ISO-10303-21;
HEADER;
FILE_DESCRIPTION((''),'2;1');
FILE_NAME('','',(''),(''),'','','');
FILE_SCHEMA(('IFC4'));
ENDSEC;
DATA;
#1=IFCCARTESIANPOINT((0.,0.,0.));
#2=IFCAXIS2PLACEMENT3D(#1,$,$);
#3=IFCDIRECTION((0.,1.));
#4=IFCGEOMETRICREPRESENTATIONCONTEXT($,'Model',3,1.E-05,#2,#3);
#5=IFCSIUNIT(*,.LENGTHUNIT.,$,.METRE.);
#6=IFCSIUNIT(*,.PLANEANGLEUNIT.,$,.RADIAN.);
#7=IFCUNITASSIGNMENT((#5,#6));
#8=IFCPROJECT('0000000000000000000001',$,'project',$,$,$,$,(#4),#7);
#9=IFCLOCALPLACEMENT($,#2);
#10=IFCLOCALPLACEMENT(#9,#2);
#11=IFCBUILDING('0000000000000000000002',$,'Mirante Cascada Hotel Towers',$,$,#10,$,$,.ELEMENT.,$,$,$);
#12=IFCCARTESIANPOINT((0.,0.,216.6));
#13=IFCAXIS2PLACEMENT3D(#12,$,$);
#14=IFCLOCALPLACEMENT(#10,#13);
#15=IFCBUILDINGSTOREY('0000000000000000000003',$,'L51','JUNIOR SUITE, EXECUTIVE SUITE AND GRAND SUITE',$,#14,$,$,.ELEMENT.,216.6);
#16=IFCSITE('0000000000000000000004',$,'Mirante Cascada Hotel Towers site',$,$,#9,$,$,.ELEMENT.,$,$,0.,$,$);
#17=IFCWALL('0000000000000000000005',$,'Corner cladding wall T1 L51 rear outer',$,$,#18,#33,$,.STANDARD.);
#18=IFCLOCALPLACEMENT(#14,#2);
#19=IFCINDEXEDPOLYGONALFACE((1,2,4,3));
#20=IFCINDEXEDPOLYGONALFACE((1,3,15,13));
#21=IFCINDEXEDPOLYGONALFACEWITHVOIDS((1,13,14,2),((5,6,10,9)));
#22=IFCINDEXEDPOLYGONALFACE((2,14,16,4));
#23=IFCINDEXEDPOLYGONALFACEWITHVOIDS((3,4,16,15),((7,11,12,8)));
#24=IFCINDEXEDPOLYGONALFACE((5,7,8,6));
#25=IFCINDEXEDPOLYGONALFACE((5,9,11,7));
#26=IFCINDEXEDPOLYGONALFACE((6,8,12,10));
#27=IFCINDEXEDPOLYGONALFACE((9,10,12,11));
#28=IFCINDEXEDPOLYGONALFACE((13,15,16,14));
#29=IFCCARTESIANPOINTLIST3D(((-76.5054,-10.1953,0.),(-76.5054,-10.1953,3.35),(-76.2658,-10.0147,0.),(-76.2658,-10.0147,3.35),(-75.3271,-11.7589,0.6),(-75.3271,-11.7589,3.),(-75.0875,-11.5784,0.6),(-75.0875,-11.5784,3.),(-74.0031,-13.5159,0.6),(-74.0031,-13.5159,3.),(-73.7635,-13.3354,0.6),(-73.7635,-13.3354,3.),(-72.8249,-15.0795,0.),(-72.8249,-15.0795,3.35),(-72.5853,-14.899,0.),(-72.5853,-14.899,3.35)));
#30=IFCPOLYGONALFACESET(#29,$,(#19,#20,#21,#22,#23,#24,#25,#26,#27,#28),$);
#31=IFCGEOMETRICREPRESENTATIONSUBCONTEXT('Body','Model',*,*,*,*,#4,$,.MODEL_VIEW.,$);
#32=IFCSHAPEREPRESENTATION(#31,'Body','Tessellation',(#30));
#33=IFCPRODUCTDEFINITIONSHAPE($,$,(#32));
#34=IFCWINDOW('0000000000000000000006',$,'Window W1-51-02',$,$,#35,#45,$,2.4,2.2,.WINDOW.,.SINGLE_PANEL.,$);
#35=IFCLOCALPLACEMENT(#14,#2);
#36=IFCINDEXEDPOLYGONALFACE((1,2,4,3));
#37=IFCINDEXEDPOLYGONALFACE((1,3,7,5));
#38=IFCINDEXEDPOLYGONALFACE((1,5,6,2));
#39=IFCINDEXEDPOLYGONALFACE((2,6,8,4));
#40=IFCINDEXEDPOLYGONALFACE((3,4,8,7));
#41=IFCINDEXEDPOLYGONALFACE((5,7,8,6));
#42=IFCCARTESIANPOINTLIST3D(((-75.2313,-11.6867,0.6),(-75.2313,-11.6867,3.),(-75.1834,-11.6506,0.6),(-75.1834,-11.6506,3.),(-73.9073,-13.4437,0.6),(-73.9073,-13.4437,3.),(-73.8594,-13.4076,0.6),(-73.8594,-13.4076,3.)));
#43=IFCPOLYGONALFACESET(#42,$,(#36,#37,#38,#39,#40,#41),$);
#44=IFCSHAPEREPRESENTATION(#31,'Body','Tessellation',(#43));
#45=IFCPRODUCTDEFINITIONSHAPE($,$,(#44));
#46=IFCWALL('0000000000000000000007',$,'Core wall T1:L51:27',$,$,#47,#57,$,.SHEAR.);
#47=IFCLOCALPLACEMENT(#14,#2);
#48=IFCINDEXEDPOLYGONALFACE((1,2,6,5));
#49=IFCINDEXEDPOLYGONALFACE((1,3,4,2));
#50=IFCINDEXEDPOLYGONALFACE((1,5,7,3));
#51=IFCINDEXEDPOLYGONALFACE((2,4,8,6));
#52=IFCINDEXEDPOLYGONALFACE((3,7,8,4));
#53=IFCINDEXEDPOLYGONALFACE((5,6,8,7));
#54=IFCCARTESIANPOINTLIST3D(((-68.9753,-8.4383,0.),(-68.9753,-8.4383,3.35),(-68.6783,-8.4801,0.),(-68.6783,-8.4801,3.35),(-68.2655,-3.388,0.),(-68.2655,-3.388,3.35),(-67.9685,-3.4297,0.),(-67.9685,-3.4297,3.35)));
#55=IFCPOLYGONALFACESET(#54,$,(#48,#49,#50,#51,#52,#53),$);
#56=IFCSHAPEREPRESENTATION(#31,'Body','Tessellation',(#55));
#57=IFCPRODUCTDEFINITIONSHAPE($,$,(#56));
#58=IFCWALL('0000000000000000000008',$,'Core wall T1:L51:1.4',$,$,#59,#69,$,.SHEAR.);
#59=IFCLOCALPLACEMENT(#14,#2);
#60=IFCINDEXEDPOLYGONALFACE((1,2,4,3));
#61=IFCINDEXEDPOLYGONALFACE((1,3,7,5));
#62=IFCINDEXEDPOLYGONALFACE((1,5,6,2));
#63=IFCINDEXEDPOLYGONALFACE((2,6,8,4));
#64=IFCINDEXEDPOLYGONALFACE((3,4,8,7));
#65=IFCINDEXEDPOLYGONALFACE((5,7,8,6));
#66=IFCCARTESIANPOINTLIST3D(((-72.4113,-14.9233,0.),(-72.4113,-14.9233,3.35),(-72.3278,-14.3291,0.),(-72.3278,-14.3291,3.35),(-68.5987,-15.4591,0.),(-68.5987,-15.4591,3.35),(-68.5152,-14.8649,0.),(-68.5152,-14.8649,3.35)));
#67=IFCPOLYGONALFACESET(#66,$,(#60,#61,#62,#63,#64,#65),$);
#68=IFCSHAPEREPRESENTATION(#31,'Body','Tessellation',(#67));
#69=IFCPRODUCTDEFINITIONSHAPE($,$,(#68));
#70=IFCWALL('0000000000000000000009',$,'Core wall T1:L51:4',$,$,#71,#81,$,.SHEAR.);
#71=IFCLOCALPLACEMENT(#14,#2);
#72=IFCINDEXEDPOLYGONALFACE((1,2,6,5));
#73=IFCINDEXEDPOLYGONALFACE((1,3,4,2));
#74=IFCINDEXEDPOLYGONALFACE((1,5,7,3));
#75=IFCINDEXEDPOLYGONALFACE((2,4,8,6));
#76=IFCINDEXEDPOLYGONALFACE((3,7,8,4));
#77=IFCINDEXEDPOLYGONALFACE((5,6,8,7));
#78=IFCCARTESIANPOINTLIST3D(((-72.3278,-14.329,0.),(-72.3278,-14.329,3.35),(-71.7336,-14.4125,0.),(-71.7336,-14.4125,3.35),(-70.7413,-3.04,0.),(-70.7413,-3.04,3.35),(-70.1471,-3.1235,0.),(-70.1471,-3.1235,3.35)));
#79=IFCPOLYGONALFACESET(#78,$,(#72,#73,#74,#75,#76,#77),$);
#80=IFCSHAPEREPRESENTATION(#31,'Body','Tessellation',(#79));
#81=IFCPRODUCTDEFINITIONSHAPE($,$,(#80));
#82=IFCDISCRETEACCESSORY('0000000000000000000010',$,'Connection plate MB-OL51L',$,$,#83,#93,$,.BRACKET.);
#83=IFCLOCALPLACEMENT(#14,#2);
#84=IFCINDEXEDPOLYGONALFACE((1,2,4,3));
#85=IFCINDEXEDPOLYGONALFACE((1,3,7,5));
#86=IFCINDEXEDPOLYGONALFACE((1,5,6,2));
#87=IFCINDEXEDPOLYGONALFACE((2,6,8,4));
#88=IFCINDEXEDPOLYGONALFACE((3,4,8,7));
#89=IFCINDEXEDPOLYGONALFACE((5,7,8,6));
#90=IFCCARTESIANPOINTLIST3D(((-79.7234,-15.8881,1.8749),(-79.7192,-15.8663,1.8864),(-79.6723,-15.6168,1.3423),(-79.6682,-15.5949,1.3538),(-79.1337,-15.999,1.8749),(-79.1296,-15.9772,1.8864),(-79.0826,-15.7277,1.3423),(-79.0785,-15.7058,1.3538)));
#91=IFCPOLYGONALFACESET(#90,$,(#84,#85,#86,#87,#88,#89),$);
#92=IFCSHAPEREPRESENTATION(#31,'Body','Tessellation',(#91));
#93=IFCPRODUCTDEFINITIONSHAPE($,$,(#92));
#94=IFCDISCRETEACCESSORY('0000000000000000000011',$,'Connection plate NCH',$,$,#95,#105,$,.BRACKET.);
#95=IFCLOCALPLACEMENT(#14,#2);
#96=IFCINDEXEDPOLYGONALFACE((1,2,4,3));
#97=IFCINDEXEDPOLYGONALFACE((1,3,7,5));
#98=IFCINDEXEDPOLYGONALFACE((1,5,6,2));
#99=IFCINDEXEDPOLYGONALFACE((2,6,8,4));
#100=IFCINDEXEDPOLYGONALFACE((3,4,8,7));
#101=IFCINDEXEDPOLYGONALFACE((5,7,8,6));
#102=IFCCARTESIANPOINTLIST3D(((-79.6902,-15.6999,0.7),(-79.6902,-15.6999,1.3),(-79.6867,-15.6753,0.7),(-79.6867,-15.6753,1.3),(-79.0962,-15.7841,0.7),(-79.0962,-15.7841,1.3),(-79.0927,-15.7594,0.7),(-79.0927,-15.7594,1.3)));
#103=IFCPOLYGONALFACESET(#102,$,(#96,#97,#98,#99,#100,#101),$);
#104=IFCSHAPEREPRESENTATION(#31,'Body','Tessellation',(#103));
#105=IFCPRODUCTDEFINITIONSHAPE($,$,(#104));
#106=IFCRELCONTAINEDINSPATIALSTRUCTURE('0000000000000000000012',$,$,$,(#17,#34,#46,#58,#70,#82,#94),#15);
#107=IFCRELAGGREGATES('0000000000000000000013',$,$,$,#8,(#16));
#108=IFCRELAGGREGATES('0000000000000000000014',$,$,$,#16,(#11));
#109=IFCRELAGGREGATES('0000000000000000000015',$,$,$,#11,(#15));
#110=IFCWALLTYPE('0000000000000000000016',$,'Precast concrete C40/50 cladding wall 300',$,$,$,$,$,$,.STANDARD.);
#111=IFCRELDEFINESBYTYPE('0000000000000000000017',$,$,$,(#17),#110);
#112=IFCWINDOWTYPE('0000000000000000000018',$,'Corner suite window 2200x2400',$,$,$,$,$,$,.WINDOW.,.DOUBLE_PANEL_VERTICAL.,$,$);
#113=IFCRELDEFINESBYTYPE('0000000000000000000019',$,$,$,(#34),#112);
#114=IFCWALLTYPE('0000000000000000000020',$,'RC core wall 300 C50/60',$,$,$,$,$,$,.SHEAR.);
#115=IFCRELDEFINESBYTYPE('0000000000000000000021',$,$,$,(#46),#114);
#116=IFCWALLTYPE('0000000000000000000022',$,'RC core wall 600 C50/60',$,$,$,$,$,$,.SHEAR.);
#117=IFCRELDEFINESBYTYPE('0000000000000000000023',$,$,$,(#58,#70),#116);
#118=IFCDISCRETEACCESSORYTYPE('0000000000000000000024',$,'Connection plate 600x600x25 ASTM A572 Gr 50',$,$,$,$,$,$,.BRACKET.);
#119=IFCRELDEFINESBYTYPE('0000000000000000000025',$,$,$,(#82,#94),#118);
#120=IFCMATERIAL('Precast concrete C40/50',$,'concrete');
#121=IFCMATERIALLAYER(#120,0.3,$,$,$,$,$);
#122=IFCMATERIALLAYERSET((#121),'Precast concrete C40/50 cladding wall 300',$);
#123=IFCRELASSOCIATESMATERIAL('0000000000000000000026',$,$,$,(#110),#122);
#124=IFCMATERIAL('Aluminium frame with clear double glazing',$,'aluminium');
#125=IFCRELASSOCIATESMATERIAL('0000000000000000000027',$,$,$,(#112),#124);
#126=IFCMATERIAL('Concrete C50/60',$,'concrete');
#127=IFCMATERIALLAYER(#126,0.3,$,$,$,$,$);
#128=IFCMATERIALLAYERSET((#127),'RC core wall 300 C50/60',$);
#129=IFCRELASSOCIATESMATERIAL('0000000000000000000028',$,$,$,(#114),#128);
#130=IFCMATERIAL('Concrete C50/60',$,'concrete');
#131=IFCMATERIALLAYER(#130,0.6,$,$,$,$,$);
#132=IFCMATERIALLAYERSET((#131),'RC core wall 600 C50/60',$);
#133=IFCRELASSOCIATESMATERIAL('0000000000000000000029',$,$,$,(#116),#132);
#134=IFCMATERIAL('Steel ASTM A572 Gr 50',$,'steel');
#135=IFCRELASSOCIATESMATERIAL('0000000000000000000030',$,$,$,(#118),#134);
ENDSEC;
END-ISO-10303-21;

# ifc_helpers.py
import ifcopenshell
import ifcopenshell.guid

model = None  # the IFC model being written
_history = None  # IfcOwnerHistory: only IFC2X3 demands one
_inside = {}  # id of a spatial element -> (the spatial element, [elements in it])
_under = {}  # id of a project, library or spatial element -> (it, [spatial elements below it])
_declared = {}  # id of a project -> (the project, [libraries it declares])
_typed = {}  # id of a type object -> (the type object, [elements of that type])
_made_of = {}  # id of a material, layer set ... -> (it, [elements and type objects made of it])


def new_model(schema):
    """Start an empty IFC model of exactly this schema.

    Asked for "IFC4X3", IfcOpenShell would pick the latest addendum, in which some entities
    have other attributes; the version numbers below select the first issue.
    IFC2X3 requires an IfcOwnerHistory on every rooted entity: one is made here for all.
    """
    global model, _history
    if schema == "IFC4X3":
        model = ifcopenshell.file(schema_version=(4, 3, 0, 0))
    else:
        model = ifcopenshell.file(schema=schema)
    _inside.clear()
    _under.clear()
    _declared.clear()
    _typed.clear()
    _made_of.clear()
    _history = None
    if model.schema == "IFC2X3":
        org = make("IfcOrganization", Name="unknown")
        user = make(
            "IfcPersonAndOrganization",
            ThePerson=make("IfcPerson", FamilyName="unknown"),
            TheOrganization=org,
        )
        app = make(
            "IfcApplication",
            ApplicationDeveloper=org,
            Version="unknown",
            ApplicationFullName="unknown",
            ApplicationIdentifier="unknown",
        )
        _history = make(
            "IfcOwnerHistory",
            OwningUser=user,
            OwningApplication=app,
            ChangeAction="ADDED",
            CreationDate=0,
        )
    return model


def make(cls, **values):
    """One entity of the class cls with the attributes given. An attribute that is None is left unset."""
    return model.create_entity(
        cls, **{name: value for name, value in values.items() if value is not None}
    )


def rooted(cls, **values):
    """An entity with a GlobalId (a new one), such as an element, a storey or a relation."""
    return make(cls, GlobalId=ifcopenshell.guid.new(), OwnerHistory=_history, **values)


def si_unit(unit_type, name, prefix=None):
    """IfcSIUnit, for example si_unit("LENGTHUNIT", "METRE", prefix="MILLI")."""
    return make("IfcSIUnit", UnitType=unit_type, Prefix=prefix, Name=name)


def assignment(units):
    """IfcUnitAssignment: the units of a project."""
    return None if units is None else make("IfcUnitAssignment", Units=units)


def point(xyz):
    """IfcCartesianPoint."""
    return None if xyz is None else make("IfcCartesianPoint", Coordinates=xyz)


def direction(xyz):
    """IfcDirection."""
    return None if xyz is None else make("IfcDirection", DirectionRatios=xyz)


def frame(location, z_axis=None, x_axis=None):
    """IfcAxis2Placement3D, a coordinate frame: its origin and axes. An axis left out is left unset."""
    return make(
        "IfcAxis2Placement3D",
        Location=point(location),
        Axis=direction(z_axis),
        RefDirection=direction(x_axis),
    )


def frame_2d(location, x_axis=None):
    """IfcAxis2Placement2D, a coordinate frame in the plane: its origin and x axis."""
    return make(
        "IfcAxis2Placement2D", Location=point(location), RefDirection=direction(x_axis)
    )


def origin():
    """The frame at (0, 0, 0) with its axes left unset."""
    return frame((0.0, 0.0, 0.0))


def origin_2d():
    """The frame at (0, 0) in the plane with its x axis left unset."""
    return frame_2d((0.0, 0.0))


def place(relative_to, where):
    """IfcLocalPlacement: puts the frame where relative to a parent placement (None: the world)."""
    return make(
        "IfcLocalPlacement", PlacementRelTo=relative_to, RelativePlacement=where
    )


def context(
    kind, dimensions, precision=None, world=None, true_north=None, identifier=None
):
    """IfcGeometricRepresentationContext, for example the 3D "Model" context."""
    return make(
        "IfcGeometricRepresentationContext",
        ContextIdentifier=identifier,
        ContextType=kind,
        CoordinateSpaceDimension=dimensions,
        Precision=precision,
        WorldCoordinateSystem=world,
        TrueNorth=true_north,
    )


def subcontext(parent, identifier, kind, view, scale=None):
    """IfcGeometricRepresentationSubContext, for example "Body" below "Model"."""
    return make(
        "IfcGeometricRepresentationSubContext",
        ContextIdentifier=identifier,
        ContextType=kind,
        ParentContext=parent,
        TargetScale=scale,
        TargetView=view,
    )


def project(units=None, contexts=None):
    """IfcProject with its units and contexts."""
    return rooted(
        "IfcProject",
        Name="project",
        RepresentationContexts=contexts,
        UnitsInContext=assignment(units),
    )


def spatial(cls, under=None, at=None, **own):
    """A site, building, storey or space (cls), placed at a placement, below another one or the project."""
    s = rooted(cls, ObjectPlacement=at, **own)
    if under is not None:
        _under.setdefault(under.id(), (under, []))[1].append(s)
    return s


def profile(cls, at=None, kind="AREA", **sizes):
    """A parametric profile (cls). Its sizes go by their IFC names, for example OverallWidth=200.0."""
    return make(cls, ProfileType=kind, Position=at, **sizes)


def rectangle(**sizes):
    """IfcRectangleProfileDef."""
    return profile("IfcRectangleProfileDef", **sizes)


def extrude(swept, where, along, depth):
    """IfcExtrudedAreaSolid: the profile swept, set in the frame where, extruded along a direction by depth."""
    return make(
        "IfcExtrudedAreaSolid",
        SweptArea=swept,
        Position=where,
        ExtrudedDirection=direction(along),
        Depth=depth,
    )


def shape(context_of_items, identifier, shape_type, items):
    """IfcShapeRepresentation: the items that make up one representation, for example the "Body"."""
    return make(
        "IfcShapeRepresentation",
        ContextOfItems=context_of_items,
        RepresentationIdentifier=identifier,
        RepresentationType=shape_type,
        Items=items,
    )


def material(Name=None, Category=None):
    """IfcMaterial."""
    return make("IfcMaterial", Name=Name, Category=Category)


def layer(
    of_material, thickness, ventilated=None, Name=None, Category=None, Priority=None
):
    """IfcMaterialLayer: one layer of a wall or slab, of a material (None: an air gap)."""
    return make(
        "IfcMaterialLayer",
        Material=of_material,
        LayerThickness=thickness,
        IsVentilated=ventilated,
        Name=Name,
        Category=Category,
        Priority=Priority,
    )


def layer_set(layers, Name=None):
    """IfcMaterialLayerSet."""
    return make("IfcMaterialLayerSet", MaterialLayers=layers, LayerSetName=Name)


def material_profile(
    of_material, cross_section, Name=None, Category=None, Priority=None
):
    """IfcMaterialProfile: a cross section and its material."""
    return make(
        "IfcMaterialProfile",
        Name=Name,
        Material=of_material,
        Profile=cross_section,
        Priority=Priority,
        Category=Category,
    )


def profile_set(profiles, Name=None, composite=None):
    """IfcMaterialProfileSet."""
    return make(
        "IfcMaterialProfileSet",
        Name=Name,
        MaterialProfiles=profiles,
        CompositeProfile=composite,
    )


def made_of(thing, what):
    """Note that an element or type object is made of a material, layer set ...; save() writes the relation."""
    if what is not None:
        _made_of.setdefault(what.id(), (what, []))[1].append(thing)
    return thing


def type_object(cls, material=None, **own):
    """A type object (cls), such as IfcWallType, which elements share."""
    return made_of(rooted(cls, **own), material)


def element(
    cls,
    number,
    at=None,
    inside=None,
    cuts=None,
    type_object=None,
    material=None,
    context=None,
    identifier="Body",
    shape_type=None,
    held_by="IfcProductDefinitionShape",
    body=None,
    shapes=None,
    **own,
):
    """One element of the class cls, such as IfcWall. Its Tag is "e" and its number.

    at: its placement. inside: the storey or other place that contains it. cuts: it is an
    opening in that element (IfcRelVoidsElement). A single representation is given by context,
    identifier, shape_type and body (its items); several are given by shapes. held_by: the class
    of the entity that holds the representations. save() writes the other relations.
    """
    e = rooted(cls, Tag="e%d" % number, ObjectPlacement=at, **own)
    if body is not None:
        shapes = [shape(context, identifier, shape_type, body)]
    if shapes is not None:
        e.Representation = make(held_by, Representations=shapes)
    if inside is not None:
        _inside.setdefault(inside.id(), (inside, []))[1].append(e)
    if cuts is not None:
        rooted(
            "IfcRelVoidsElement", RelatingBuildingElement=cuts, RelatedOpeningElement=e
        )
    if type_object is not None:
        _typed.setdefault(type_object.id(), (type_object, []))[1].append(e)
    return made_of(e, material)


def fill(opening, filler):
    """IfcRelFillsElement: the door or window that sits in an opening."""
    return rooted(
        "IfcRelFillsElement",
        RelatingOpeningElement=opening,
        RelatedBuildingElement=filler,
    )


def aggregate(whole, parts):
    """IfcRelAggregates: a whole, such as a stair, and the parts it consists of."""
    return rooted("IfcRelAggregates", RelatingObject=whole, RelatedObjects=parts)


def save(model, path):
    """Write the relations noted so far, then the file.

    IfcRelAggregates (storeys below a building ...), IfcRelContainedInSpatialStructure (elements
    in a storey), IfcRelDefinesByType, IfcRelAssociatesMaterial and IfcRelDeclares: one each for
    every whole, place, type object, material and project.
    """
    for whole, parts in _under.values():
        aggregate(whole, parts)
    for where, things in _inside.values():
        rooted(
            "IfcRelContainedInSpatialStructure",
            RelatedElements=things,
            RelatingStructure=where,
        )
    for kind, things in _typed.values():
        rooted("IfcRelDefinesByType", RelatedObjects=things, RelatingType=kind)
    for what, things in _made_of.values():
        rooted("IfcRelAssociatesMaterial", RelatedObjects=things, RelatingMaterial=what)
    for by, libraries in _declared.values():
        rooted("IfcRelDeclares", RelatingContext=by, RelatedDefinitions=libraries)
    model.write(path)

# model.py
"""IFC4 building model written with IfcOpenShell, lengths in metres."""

from ifc_helpers import new_model, si_unit, direction, frame, frame_2d, origin, origin_2d, place, context, subcontext, project, spatial, rectangle, extrude, material, layer, layer_set, material_profile, profile_set, type_object, element, fill, save


model = new_model("IFC4")

# Units and contexts
model_context = context("Model", 3, precision=1e-05, world=origin(), true_north=direction((0.0, 1.0)))
body_context = subcontext(model_context, "Body", "Model", "MODEL_VIEW")
ifc_project = project(units=[si_unit("LENGTHUNIT", "METRE"), si_unit("PLANEANGLEUNIT", "RADIAN")], contexts=[model_context])

# Site, building, storey
site_placement = place(None, origin())
site = spatial("IfcSite", under=ifc_project, at=site_placement, Name="Mirante Cascada Hotel Towers site", CompositionType="ELEMENT", RefElevation=0.0)
building_placement = place(site_placement, origin())
building = spatial("IfcBuilding", under=site, at=building_placement, Name="Mirante Cascada Hotel Towers", CompositionType="ELEMENT")
storey_placement = place(building_placement, frame((0.0, 0.0, 216.6)))
storey = spatial("IfcBuildingStorey", under=building, at=storey_placement, Name="L51", Description="JUNIOR SUITE, EXECUTIVE SUITE AND GRAND SUITE", CompositionType="ELEMENT", Elevation=216.6)

# Wall, opening, window
ifc_material_1 = material(Name="Precast concrete C40/50", Category="concrete")
ifc_layer_1 = layer(ifc_material_1, 0.3)
ifc_layer_set_1 = layer_set([ifc_layer_1], Name="Precast concrete C40/50 cladding wall 300")
wall_type_1 = type_object("IfcWallType", Name="Precast concrete C40/50 cladding wall 300", PredefinedType="STANDARD", material=ifc_layer_set_1)
wall_1_placement = place(storey_placement, frame((-72.7051, -14.9892, 0.0), z_axis=(0.0, 0.0, 1.0), x_axis=(-0.601814, 0.798636, 0.0)))
wall_1 = element("IfcWall", 1, at=wall_1_placement, inside=storey, type_object=wall_type_1, Name="Corner cladding wall T1 L51 rear outer", PredefinedType="STANDARD", context=body_context, shape_type="SweptSolid", body=[
    extrude(rectangle(XDim=6.1157, YDim=0.3, at=frame_2d((3.0578, 0.0))), origin(), (0.0, 0.0, 1.0), 3.35),
])
opening_1_placement = place(wall_1_placement, frame((1.9578, 0.0, 0.6)))
opening_1 = element("IfcOpeningElement", 2, at=opening_1_placement, cuts=wall_1, PredefinedType="OPENING", context=body_context, shape_type="SweptSolid", body=[
    extrude(rectangle(XDim=2.2, YDim=2.4, at=frame_2d((1.1, 1.2))), frame((0.0, 0.15, 0.0), z_axis=(0.0, -1.0, 0.0), x_axis=(1.0, 0.0, 0.0)), (0.0, 0.0, 1.0), 0.3),
])
ifc_material_2 = material(Name="Aluminium frame with clear double glazing", Category="aluminium")
window_type = type_object("IfcWindowType", Name="Corner suite window 2200x2400", PartitioningType="DOUBLE_PANEL_VERTICAL", PredefinedType="WINDOW", material=ifc_material_2)
window_placement = place(opening_1_placement, origin())
window = element("IfcWindow", 3, at=window_placement, inside=storey, type_object=window_type, Name="Window W1-51-02", OverallHeight=2.4, OverallWidth=2.2, PartitioningType="SINGLE_PANEL", PredefinedType="WINDOW", context=body_context, shape_type="SweptSolid", body=[
    extrude(rectangle(XDim=2.2, YDim=2.4, at=frame_2d((1.1, 1.2))), frame((0.0, 0.03, 0.0), z_axis=(0.0, -1.0, 0.0), x_axis=(1.0, 0.0, 0.0)), (0.0, 0.0, 1.0), 0.06),
])
fill(opening_1, window)

# Walls
ifc_material_3 = material(Name="Concrete C50/60", Category="concrete")
ifc_layer_2 = layer(ifc_material_3, 0.3)
ifc_layer_set_2 = layer_set([ifc_layer_2], Name="RC core wall 300 C50/60")
wall_type_2 = type_object("IfcWallType", Name="RC core wall 300 C50/60", PredefinedType="SHEAR", material=ifc_layer_set_2)
wall_2_placement = place(storey_placement, frame((-68.8268, -8.4592, 0.0), z_axis=(0.0, 0.0, 1.0), x_axis=(0.139176, 0.990268, 0.0)))
element("IfcWall", 4, at=wall_2_placement, inside=storey, type_object=wall_type_2, Name="Core wall T1:L51:27", PredefinedType="SHEAR", context=body_context, shape_type="SweptSolid", body=[
    extrude(rectangle(XDim=5.1, YDim=0.3, at=frame_2d((2.55, 0.0))), origin(), (0.0, 0.0, 1.0), 3.35),
])
ifc_material_4 = material(Name="Concrete C50/60", Category="concrete")
ifc_layer_3 = layer(ifc_material_4, 0.6)
ifc_layer_set_3 = layer_set([ifc_layer_3], Name="RC core wall 600 C50/60")
wall_type_3 = type_object("IfcWallType", Name="RC core wall 600 C50/60", PredefinedType="SHEAR", material=ifc_layer_set_3)
wall_3_placement = place(storey_placement, frame((-68.557, -15.162, 0.0), z_axis=(0.0, 0.0, 1.0), x_axis=(-0.990269, 0.139166, 0.0)))
element("IfcWall", 5, at=wall_3_placement, inside=storey, type_object=wall_type_3, Name="Core wall T1:L51:1.4", PredefinedType="SHEAR", context=body_context, shape_type="SweptSolid", body=[
    extrude(rectangle(XDim=3.8501, YDim=0.6, at=frame_2d((1.925, 0.0))), origin(), (0.0, 0.0, 1.0), 3.35),
])
wall_4_placement = place(storey_placement, frame((-72.0307, -14.3708, 0.0), z_axis=(0.0, 0.0, 1.0), x_axis=(0.139167, 0.990269, 0.0)))
element("IfcWall", 6, at=wall_4_placement, inside=storey, type_object=wall_type_3, Name="Core wall T1:L51:4", PredefinedType="SHEAR", context=body_context, shape_type="SweptSolid", body=[
    extrude(rectangle(XDim=11.3999, YDim=0.6, at=frame_2d((5.7, 0.0))), origin(), (0.0, 0.0, 1.0), 3.35),
])

# Discrete accessories
ifc_material_5 = material(Name="Steel ASTM A572 Gr 50", Category="steel")
ifc_material_profile_1 = material_profile(ifc_material_5, rectangle(XDim=0.6, YDim=0.6, at=origin_2d()), Name="Connection plate 600x600x25 ASTM A572 Gr 50")
ifc_profile_set_1 = profile_set([ifc_material_profile_1], Name="Steel ASTM A572 Gr 50")
discrete_accessory_type = type_object("IfcDiscreteAccessoryType", Name="Connection plate 600x600x25 ASTM A572 Gr 50", PredefinedType="BRACKET", material=ifc_profile_set_1)
discrete_accessory_1_placement = place(storey_placement, frame((-79.403, -15.8079, 1.6086), z_axis=(0.164092, 0.872489, 0.460258), x_axis=(-0.98277, 0.184833, 0.0)))
element("IfcDiscreteAccessory", 7, at=discrete_accessory_1_placement, inside=storey, type_object=discrete_accessory_type, Name="Connection plate MB-OL51L", PredefinedType="BRACKET", context=body_context, shape_type="SweptSolid", body=[
    extrude(rectangle(XDim=0.6, YDim=0.6, at=origin_2d()), origin(), (0.0, 0.0, 1.0), 0.025),
])
discrete_accessory_2_placement = place(storey_placement, frame((-79.3932, -15.742, 1.0), z_axis=(0.140299, 0.990109, 0.0), x_axis=(-0.990109, 0.140299, 0.0)))
element("IfcDiscreteAccessory", 8, at=discrete_accessory_2_placement, inside=storey, type_object=discrete_accessory_type, Name="Connection plate NCH", PredefinedType="BRACKET", context=body_context, shape_type="SweptSolid", body=[
    extrude(rectangle(XDim=0.6, YDim=0.6, at=origin_2d()), origin(), (0.0, 0.0, 1.0), 0.0249),
])

save(model, "model.ifc")
